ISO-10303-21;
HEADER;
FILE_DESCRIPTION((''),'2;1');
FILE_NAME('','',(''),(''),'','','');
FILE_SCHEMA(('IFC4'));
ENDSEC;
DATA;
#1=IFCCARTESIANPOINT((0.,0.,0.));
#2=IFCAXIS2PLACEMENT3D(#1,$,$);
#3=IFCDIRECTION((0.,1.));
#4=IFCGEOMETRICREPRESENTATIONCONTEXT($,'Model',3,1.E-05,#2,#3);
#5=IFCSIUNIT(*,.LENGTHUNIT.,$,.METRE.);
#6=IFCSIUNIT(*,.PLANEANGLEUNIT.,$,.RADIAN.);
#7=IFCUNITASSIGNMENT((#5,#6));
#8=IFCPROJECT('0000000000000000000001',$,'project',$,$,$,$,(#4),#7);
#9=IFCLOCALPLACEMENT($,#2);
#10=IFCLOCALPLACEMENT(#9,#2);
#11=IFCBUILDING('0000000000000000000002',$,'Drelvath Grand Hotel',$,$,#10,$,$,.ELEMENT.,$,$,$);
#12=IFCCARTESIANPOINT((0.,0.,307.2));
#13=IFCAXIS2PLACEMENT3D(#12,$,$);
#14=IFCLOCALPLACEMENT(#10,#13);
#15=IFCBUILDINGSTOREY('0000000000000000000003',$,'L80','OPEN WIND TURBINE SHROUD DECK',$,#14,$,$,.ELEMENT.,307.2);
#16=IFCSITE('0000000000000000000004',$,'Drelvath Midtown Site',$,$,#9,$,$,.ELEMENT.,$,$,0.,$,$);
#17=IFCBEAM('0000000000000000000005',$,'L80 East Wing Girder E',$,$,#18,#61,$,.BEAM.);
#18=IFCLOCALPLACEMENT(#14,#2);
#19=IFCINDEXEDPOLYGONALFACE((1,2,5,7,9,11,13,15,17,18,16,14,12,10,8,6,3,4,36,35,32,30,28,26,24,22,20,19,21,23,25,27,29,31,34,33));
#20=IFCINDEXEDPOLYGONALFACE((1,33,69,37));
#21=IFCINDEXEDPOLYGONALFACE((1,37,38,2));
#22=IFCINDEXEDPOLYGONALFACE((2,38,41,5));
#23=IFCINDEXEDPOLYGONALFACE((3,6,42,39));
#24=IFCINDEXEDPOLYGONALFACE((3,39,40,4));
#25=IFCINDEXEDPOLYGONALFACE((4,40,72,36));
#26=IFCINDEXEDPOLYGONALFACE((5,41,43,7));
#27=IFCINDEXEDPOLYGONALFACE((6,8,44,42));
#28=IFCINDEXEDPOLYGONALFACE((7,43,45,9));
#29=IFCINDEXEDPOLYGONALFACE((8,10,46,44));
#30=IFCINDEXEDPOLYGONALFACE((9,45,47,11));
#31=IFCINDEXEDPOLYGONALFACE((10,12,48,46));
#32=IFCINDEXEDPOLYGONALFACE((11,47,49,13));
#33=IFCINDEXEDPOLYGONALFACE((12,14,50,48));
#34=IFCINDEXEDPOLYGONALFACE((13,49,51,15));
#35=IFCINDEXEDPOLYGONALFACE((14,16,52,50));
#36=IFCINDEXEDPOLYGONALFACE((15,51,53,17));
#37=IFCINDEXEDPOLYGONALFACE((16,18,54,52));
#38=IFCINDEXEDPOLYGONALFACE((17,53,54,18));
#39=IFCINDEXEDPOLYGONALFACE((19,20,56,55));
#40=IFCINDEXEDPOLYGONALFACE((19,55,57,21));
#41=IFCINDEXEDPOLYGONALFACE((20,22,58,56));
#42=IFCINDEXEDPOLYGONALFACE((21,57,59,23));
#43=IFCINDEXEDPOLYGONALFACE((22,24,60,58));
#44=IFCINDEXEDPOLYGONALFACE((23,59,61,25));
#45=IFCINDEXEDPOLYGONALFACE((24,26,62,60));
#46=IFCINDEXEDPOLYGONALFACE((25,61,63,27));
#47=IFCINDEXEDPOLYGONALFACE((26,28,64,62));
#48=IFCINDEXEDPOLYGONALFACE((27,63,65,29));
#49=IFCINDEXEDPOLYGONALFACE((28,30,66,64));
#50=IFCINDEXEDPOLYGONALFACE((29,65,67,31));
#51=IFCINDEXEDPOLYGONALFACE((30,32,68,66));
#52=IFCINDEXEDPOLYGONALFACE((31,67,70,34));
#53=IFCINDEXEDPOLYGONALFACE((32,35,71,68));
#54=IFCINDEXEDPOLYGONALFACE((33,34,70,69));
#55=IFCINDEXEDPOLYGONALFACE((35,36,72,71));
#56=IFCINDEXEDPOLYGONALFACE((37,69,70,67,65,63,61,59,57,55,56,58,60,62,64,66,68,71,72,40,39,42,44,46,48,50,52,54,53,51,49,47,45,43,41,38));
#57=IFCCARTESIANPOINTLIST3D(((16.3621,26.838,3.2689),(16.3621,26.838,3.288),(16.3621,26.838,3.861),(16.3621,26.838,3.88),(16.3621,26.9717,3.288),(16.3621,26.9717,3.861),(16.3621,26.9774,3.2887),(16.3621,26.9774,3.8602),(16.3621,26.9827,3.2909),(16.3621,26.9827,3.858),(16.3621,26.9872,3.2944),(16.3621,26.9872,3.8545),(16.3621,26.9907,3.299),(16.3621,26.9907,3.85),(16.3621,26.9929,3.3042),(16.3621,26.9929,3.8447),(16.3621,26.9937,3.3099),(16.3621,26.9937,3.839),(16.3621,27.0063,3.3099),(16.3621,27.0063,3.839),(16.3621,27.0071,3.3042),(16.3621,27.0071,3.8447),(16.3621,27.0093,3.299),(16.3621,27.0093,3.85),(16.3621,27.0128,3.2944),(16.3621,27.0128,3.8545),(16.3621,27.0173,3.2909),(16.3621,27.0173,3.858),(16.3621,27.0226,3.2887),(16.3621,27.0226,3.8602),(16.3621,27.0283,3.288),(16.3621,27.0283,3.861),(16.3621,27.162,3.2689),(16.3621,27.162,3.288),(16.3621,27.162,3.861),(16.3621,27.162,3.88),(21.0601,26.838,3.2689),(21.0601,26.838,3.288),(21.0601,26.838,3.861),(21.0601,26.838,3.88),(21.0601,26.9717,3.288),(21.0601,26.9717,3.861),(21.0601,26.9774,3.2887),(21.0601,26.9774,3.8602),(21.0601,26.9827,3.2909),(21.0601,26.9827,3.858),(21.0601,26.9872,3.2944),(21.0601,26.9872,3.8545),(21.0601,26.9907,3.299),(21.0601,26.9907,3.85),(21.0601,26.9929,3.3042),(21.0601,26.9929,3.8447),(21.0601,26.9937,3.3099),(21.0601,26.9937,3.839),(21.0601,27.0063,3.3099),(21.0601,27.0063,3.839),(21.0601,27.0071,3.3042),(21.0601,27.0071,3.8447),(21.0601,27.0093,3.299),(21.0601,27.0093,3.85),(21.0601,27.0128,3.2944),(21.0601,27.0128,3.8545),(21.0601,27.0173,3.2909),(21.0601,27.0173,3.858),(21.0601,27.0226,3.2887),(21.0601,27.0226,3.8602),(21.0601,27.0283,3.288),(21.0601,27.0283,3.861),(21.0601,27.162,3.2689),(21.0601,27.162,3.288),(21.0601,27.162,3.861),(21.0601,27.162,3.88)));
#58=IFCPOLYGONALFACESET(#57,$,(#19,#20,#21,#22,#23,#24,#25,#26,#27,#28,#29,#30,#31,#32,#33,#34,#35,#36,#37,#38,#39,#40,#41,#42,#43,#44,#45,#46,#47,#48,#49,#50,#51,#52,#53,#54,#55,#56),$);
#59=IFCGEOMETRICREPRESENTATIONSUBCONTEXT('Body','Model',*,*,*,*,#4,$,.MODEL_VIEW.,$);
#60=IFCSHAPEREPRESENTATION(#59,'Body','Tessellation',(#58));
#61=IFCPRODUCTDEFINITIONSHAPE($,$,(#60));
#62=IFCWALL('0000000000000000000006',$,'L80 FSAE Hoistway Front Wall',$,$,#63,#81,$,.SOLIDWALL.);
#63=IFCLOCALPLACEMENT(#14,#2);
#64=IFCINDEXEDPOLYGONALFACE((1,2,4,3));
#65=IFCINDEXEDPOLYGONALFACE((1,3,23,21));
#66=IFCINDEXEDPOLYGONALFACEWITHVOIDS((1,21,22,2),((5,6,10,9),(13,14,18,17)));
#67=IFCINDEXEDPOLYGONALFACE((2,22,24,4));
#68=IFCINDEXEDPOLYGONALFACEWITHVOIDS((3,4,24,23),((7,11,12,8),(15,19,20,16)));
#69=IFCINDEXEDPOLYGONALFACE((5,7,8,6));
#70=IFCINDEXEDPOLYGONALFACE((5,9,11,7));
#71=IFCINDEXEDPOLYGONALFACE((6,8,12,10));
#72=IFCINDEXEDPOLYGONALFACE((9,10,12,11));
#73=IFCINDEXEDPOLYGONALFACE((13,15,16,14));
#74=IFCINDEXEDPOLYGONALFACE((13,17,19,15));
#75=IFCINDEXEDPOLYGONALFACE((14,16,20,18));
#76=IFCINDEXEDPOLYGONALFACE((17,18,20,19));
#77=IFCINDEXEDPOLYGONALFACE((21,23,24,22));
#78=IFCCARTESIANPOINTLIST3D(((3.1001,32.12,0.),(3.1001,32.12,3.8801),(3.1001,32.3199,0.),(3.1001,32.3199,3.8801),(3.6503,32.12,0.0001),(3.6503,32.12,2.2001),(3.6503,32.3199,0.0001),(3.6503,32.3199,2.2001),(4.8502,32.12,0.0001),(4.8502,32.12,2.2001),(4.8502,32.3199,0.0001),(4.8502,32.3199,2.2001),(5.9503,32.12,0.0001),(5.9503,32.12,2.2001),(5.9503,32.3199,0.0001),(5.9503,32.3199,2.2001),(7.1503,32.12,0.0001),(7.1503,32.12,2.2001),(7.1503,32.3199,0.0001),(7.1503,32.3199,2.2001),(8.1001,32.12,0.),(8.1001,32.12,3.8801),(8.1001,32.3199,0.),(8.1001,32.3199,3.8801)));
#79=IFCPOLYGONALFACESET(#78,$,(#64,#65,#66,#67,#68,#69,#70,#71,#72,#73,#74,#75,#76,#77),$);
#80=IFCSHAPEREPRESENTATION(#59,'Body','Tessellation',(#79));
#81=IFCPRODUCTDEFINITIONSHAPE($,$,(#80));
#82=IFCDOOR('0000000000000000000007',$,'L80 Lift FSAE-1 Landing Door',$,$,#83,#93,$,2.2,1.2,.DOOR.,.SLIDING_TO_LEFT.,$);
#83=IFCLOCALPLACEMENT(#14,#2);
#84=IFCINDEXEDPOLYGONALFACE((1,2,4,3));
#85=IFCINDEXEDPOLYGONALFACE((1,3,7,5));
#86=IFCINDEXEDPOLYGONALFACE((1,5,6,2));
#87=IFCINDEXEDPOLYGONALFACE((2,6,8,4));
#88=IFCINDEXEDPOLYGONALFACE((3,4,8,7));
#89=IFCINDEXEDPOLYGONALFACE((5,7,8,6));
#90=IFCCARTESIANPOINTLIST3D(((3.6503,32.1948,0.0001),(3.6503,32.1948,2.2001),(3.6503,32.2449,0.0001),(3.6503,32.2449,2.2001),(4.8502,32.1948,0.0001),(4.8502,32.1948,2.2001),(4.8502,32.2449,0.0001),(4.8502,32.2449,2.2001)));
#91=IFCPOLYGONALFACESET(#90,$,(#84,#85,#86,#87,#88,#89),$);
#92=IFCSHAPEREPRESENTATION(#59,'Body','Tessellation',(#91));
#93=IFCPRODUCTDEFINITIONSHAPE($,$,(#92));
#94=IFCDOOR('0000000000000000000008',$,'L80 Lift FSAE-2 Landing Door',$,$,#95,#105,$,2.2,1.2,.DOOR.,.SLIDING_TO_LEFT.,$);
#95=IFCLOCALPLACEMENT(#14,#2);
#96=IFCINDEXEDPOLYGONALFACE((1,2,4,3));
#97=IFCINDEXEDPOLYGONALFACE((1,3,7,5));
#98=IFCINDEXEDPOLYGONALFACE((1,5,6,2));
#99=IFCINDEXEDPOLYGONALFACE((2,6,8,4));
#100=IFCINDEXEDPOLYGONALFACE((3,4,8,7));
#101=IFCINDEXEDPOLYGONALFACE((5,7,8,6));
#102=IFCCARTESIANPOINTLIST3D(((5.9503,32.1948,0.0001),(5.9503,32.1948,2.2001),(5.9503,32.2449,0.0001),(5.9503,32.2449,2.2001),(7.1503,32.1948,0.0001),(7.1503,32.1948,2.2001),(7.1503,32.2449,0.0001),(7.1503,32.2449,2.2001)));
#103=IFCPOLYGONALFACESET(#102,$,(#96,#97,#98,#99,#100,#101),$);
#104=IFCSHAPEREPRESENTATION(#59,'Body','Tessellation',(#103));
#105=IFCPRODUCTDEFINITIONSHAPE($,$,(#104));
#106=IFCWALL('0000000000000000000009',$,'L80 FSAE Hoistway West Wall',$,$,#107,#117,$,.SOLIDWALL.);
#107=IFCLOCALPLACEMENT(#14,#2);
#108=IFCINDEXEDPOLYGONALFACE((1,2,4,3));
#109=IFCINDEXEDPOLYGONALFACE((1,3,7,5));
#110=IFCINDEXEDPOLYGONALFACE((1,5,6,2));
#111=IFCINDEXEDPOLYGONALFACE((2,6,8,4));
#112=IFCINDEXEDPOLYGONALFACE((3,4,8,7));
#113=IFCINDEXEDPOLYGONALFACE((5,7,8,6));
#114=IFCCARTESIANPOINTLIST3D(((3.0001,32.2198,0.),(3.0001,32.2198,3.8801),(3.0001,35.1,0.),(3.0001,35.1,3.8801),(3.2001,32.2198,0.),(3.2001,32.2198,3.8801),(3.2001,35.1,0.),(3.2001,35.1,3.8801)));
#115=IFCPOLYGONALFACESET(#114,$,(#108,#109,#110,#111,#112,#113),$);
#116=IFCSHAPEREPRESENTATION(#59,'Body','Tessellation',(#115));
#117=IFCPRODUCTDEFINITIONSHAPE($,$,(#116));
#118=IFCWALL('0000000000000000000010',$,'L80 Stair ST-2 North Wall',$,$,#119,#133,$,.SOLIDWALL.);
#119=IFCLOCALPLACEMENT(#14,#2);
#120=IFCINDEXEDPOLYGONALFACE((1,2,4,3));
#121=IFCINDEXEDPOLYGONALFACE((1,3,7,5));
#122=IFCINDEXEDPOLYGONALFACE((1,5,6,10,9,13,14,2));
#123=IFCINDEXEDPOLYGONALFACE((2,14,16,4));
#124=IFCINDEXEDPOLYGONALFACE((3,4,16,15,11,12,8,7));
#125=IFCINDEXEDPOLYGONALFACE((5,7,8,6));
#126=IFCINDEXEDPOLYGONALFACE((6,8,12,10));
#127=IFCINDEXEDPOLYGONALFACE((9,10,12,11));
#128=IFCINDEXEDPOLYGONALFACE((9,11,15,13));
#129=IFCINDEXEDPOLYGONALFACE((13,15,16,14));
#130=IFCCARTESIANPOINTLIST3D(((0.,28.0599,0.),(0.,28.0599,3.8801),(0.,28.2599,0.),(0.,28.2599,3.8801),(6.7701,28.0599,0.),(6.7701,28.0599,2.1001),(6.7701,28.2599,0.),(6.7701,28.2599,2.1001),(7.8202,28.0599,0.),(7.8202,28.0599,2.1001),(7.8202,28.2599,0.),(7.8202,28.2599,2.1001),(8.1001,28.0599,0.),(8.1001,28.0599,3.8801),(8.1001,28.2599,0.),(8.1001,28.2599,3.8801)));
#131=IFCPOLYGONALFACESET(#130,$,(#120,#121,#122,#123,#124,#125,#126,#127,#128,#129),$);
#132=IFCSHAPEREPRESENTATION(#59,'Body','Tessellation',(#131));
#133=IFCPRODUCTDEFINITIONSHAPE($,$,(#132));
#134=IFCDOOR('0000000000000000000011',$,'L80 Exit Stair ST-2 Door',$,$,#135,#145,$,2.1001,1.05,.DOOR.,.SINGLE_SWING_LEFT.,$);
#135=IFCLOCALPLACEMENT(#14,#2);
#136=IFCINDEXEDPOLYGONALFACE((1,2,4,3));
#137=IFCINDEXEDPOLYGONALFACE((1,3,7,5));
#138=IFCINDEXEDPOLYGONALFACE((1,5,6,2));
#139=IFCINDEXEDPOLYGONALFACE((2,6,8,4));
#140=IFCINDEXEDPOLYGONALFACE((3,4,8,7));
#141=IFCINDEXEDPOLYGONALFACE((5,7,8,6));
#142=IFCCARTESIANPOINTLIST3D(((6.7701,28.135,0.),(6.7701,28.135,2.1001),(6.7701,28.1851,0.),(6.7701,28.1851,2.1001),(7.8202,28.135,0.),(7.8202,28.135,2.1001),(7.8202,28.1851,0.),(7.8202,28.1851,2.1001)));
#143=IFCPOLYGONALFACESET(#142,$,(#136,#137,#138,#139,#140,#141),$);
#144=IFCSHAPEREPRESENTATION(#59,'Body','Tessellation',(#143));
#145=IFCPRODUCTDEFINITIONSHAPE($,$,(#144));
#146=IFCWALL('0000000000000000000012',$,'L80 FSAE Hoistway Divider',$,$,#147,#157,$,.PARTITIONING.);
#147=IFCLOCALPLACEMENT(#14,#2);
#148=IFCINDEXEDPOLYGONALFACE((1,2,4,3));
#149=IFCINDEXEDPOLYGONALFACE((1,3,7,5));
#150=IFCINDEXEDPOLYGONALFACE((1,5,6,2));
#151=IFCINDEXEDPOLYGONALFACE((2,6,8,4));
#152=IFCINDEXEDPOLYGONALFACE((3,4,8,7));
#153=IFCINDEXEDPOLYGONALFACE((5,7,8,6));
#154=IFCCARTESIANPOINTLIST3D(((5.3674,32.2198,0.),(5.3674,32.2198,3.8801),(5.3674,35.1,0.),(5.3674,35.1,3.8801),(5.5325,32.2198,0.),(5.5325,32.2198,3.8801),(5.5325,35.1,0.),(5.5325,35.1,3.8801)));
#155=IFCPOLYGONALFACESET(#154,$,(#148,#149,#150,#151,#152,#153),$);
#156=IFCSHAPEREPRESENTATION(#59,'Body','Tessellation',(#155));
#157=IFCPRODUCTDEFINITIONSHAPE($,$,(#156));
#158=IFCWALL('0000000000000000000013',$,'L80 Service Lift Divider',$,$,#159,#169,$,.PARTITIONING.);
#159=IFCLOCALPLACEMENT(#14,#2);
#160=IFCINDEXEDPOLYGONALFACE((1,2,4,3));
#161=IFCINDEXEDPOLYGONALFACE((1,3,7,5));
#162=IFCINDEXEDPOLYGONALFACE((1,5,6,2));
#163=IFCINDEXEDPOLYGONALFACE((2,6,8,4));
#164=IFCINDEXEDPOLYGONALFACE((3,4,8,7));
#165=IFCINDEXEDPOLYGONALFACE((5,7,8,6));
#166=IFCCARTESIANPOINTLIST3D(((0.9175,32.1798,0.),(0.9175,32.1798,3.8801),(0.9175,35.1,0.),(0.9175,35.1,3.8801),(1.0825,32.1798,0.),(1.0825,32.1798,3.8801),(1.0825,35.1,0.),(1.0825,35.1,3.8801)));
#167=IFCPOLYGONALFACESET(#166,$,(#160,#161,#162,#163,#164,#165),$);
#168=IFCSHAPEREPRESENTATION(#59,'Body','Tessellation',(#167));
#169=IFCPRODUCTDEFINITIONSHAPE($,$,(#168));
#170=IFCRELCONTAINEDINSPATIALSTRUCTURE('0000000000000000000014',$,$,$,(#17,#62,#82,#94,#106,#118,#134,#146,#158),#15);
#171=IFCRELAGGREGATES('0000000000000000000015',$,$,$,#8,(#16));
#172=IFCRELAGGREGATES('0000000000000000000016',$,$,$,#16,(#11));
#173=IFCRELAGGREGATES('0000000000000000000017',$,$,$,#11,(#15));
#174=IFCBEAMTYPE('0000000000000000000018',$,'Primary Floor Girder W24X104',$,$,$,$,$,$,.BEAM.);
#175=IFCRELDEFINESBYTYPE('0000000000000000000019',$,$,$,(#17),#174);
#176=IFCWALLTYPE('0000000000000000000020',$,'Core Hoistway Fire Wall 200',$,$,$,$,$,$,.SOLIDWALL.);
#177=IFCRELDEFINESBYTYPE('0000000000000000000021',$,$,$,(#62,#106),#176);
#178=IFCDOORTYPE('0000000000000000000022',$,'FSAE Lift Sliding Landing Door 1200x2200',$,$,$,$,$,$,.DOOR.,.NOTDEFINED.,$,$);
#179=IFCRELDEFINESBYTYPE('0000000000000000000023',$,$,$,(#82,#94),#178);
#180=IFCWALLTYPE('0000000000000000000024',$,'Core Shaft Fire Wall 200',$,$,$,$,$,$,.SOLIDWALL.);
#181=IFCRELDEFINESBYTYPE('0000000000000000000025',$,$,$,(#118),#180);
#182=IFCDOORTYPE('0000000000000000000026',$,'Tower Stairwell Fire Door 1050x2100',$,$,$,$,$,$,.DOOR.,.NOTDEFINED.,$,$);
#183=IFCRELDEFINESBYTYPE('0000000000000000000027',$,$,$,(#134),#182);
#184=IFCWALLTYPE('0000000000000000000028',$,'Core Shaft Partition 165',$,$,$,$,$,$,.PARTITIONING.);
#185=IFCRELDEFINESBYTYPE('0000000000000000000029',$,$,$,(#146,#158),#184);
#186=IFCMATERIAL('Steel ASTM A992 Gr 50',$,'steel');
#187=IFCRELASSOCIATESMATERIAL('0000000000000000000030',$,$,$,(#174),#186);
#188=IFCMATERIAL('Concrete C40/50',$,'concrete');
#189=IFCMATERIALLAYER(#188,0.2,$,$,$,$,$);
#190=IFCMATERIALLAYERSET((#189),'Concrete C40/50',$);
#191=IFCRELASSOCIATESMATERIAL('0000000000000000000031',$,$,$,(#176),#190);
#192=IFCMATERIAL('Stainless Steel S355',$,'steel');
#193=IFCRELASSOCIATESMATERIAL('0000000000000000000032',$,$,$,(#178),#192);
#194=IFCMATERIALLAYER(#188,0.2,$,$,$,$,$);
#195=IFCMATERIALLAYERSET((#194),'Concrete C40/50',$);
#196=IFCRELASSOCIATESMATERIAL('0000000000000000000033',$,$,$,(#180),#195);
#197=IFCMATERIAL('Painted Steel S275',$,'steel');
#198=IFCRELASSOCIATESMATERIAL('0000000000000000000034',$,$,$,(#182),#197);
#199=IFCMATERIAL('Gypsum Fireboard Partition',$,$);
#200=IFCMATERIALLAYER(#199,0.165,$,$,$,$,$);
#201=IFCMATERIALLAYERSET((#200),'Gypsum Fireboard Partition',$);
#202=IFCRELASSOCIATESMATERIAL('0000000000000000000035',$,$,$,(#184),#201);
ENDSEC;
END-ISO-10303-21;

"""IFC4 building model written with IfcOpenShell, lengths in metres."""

from ifc_helpers import new_model, si_unit, direction, frame, frame_2d, origin, origin_2d, place, context, subcontext, project, spatial, rectangle, i_section, extrude, material, layer, layer_set, material_profile, profile_set, type_object, element, fill, save


model = new_model("IFC4")

# Units and contexts
model_context = context("Model", 3, precision=1e-05, world=origin(), true_north=direction((0.0, 1.0)))
body_context = subcontext(model_context, "Body", "Model", "MODEL_VIEW")
ifc_project = project(units=[si_unit("LENGTHUNIT", "METRE"), si_unit("PLANEANGLEUNIT", "RADIAN")], contexts=[model_context])

# Site, building, storey
site_placement = place(None, origin())
site = spatial("IfcSite", under=ifc_project, at=site_placement, Name="Drelvath Midtown Site", CompositionType="ELEMENT", RefElevation=0.0)
building_placement = place(site_placement, origin())
building = spatial("IfcBuilding", under=site, at=building_placement, Name="Drelvath Grand Hotel", CompositionType="ELEMENT")
storey_placement = place(building_placement, frame((0.0, 0.0, 307.2)))
storey = spatial("IfcBuildingStorey", under=building, at=storey_placement, Name="L80", Description="OPEN WIND TURBINE SHROUD DECK", CompositionType="ELEMENT", Elevation=307.2)

# Beam
ifc_material_1 = material(Name="Steel ASTM A992 Gr 50", Category="steel")
ifc_material_profile_1 = material_profile(ifc_material_1, i_section(OverallWidth=0.324, OverallDepth=0.6111, WebThickness=0.0127, FlangeThickness=0.019, FilletRadius=0.022, at=origin_2d()), Name="W24X104")
ifc_profile_set_1 = profile_set([ifc_material_profile_1], Name="Steel ASTM A992 Gr 50")
beam_type_1 = type_object("IfcBeamType", Name="Primary Floor Girder W24X104", PredefinedType="BEAM", material=ifc_profile_set_1)
beam_1_placement = place(storey_placement, frame((16.3621, 27.0, 3.5745), z_axis=(1.0, 0.0, 0.0), x_axis=(0.0, 1.0, 0.0)))
element("IfcBeam", 1, at=beam_1_placement, inside=storey, type_object=beam_type_1, Name="L80 East Wing Girder E", PredefinedType="BEAM", context=body_context, shape_type="SweptSolid", body=[
    extrude(i_section(OverallWidth=0.324, OverallDepth=0.6111, WebThickness=0.0127, FlangeThickness=0.019, FilletRadius=0.022, at=origin_2d()), origin(), (0.0, 0.0, 1.0), 4.698),
])

# Wall, openings, doors
ifc_material_2 = material(Name="Concrete C40/50", Category="concrete")
ifc_layer_1 = layer(ifc_material_2, 0.2)
ifc_layer_set_1 = layer_set([ifc_layer_1], Name="Concrete C40/50")
wall_type_1 = type_object("IfcWallType", Name="Core Hoistway Fire Wall 200", PredefinedType="SOLIDWALL", material=ifc_layer_set_1)
wall_1_placement = place(storey_placement, frame((3.1001, 32.22, 0.0), z_axis=(0.0, 0.0, 1.0), x_axis=(1.0, 0.0, 0.0)))
wall_1 = element("IfcWall", 2, at=wall_1_placement, inside=storey, type_object=wall_type_1, Name="L80 FSAE Hoistway Front Wall", PredefinedType="SOLIDWALL", context=body_context, shape_type="SweptSolid", body=[
    extrude(rectangle(XDim=5.0, YDim=0.2, at=frame_2d((2.5, 0.0))), origin(), (0.0, 0.0, 1.0), 3.8801),
])
opening_1_placement = place(wall_1_placement, frame((0.55, 0.0, 0.0)))
opening_1 = element("IfcOpeningElement", 3, at=opening_1_placement, cuts=wall_1, PredefinedType="OPENING", context=body_context, shape_type="SweptSolid", body=[
    extrude(rectangle(XDim=1.2, YDim=2.2, at=frame_2d((0.6001, 1.1001))), frame((0.0, 0.1099, 0.0), z_axis=(0.0, -1.0, 0.0), x_axis=(1.0, 0.0, 0.0)), (0.0, 0.0, 1.0), 0.22),
])
opening_2_placement = place(wall_1_placement, frame((2.8501, 0.0, 0.0)))
opening_2 = element("IfcOpeningElement", 4, at=opening_2_placement, cuts=wall_1, PredefinedType="OPENING", context=body_context, shape_type="SweptSolid", body=[
    extrude(rectangle(XDim=1.2, YDim=2.2, at=frame_2d((0.6001, 1.1001))), frame((0.0, 0.1099, 0.0), z_axis=(0.0, -1.0, 0.0), x_axis=(1.0, 0.0, 0.0)), (0.0, 0.0, 1.0), 0.22),
])
ifc_material_3 = material(Name="Stainless Steel S355", Category="steel")
door_type_1 = type_object("IfcDoorType", Name="FSAE Lift Sliding Landing Door 1200x2200", OperationType="NOTDEFINED", PredefinedType="DOOR", material=ifc_material_3)
door_1_placement = place(opening_1_placement, origin())
door_1 = element("IfcDoor", 5, at=door_1_placement, inside=storey, type_object=door_type_1, Name="L80 Lift FSAE-1 Landing Door", OperationType="SLIDING_TO_LEFT", OverallHeight=2.2, OverallWidth=1.2, PredefinedType="DOOR", context=body_context, shape_type="SweptSolid", body=[
    extrude(rectangle(XDim=1.2, YDim=2.2, at=frame_2d((0.6001, 1.1001))), frame((0.0, 0.0249, 0.0), z_axis=(0.0, -1.0, 0.0), x_axis=(1.0, 0.0, 0.0)), (0.0, 0.0, 1.0), 0.05),
])
fill(opening_1, door_1)
door_2_placement = place(opening_2_placement, origin())
door_2 = element("IfcDoor", 6, at=door_2_placement, inside=storey, type_object=door_type_1, Name="L80 Lift FSAE-2 Landing Door", OperationType="SLIDING_TO_LEFT", OverallHeight=2.2, OverallWidth=1.2, PredefinedType="DOOR", context=body_context, shape_type="SweptSolid", body=[
    extrude(rectangle(XDim=1.2, YDim=2.2, at=frame_2d((0.6001, 1.1001))), frame((0.0, 0.0249, 0.0), z_axis=(0.0, -1.0, 0.0), x_axis=(1.0, 0.0, 0.0)), (0.0, 0.0, 1.0), 0.05),
])
fill(opening_2, door_2)

# Wall
wall_2_placement = place(storey_placement, frame((3.1001, 32.22, 0.0), z_axis=(0.0, 0.0, 1.0), x_axis=(0.0, 1.0, 0.0)))
element("IfcWall", 7, at=wall_2_placement, inside=storey, type_object=wall_type_1, Name="L80 FSAE Hoistway West Wall", PredefinedType="SOLIDWALL", context=body_context, shape_type="SweptSolid", body=[
    extrude(rectangle(XDim=2.8801, YDim=0.2, at=frame_2d((1.4399, 0.0))), origin(), (0.0, 0.0, 1.0), 3.8801),
])

# Wall, opening, door
ifc_layer_2 = layer(ifc_material_2, 0.2)
ifc_layer_set_2 = layer_set([ifc_layer_2], Name="Concrete C40/50")
wall_type_2 = type_object("IfcWallType", Name="Core Shaft Fire Wall 200", PredefinedType="SOLIDWALL", material=ifc_layer_set_2)
wall_3_placement = place(storey_placement, frame((8.1001, 28.1599, 0.0), z_axis=(0.0, 0.0, 1.0), x_axis=(-1.0, 0.0, 0.0)))
wall_3 = element("IfcWall", 8, at=wall_3_placement, inside=storey, type_object=wall_type_2, Name="L80 Stair ST-2 North Wall", PredefinedType="SOLIDWALL", context=body_context, shape_type="SweptSolid", body=[
    extrude(rectangle(XDim=8.1001, YDim=0.2, at=frame_2d((4.05, 0.0))), origin(), (0.0, 0.0, 1.0), 3.8801),
])
opening_3_placement = place(wall_3_placement, frame((0.28, 0.0, 0.0)))
opening_3 = element("IfcOpeningElement", 9, at=opening_3_placement, cuts=wall_3, PredefinedType="OPENING", context=body_context, shape_type="SweptSolid", body=[
    extrude(rectangle(XDim=1.05, YDim=2.1001, at=frame_2d((0.5249, 1.05))), frame((0.0, 0.1099, 0.0), z_axis=(0.0, -1.0, 0.0), x_axis=(1.0, 0.0, 0.0)), (0.0, 0.0, 1.0), 0.22),
])
ifc_material_4 = material(Name="Painted Steel S275", Category="steel")
door_type_2 = type_object("IfcDoorType", Name="Tower Stairwell Fire Door 1050x2100", OperationType="NOTDEFINED", PredefinedType="DOOR", material=ifc_material_4)
door_3_placement = place(opening_3_placement, origin())
door_3 = element("IfcDoor", 10, at=door_3_placement, inside=storey, type_object=door_type_2, Name="L80 Exit Stair ST-2 Door", OperationType="SINGLE_SWING_LEFT", OverallHeight=2.1001, OverallWidth=1.05, PredefinedType="DOOR", context=body_context, shape_type="SweptSolid", body=[
    extrude(rectangle(XDim=1.05, YDim=2.1001, at=frame_2d((0.5249, 1.05))), frame((0.0, 0.0249, 0.0), z_axis=(0.0, -1.0, 0.0), x_axis=(1.0, 0.0, 0.0)), (0.0, 0.0, 1.0), 0.05),
])
fill(opening_3, door_3)

# Walls
ifc_material_5 = material(Name="Gypsum Fireboard Partition")
ifc_layer_3 = layer(ifc_material_5, 0.165)
ifc_layer_set_3 = layer_set([ifc_layer_3], Name="Gypsum Fireboard Partition")
wall_type_3 = type_object("IfcWallType", Name="Core Shaft Partition 165", PredefinedType="PARTITIONING", material=ifc_layer_set_3)
wall_4_placement = place(storey_placement, frame((5.45, 32.22, 0.0), z_axis=(0.0, 0.0, 1.0), x_axis=(0.0, 1.0, 0.0)))
element("IfcWall", 11, at=wall_4_placement, inside=storey, type_object=wall_type_3, Name="L80 FSAE Hoistway Divider", PredefinedType="PARTITIONING", context=body_context, shape_type="SweptSolid", body=[
    extrude(rectangle(XDim=2.8801, YDim=0.165, at=frame_2d((1.4399, 0.0))), origin(), (0.0, 0.0, 1.0), 3.8801),
])
wall_5_placement = place(storey_placement, frame((1.0, 32.1799, 0.0), z_axis=(0.0, 0.0, 1.0), x_axis=(0.0, 1.0, 0.0)))
element("IfcWall", 12, at=wall_5_placement, inside=storey, type_object=wall_type_3, Name="L80 Service Lift Divider", PredefinedType="PARTITIONING", context=body_context, shape_type="SweptSolid", body=[
    extrude(rectangle(XDim=2.9202, YDim=0.165, at=frame_2d((1.46, 0.0))), origin(), (0.0, 0.0, 1.0), 3.8801),
])

save(model, "model.ifc")
